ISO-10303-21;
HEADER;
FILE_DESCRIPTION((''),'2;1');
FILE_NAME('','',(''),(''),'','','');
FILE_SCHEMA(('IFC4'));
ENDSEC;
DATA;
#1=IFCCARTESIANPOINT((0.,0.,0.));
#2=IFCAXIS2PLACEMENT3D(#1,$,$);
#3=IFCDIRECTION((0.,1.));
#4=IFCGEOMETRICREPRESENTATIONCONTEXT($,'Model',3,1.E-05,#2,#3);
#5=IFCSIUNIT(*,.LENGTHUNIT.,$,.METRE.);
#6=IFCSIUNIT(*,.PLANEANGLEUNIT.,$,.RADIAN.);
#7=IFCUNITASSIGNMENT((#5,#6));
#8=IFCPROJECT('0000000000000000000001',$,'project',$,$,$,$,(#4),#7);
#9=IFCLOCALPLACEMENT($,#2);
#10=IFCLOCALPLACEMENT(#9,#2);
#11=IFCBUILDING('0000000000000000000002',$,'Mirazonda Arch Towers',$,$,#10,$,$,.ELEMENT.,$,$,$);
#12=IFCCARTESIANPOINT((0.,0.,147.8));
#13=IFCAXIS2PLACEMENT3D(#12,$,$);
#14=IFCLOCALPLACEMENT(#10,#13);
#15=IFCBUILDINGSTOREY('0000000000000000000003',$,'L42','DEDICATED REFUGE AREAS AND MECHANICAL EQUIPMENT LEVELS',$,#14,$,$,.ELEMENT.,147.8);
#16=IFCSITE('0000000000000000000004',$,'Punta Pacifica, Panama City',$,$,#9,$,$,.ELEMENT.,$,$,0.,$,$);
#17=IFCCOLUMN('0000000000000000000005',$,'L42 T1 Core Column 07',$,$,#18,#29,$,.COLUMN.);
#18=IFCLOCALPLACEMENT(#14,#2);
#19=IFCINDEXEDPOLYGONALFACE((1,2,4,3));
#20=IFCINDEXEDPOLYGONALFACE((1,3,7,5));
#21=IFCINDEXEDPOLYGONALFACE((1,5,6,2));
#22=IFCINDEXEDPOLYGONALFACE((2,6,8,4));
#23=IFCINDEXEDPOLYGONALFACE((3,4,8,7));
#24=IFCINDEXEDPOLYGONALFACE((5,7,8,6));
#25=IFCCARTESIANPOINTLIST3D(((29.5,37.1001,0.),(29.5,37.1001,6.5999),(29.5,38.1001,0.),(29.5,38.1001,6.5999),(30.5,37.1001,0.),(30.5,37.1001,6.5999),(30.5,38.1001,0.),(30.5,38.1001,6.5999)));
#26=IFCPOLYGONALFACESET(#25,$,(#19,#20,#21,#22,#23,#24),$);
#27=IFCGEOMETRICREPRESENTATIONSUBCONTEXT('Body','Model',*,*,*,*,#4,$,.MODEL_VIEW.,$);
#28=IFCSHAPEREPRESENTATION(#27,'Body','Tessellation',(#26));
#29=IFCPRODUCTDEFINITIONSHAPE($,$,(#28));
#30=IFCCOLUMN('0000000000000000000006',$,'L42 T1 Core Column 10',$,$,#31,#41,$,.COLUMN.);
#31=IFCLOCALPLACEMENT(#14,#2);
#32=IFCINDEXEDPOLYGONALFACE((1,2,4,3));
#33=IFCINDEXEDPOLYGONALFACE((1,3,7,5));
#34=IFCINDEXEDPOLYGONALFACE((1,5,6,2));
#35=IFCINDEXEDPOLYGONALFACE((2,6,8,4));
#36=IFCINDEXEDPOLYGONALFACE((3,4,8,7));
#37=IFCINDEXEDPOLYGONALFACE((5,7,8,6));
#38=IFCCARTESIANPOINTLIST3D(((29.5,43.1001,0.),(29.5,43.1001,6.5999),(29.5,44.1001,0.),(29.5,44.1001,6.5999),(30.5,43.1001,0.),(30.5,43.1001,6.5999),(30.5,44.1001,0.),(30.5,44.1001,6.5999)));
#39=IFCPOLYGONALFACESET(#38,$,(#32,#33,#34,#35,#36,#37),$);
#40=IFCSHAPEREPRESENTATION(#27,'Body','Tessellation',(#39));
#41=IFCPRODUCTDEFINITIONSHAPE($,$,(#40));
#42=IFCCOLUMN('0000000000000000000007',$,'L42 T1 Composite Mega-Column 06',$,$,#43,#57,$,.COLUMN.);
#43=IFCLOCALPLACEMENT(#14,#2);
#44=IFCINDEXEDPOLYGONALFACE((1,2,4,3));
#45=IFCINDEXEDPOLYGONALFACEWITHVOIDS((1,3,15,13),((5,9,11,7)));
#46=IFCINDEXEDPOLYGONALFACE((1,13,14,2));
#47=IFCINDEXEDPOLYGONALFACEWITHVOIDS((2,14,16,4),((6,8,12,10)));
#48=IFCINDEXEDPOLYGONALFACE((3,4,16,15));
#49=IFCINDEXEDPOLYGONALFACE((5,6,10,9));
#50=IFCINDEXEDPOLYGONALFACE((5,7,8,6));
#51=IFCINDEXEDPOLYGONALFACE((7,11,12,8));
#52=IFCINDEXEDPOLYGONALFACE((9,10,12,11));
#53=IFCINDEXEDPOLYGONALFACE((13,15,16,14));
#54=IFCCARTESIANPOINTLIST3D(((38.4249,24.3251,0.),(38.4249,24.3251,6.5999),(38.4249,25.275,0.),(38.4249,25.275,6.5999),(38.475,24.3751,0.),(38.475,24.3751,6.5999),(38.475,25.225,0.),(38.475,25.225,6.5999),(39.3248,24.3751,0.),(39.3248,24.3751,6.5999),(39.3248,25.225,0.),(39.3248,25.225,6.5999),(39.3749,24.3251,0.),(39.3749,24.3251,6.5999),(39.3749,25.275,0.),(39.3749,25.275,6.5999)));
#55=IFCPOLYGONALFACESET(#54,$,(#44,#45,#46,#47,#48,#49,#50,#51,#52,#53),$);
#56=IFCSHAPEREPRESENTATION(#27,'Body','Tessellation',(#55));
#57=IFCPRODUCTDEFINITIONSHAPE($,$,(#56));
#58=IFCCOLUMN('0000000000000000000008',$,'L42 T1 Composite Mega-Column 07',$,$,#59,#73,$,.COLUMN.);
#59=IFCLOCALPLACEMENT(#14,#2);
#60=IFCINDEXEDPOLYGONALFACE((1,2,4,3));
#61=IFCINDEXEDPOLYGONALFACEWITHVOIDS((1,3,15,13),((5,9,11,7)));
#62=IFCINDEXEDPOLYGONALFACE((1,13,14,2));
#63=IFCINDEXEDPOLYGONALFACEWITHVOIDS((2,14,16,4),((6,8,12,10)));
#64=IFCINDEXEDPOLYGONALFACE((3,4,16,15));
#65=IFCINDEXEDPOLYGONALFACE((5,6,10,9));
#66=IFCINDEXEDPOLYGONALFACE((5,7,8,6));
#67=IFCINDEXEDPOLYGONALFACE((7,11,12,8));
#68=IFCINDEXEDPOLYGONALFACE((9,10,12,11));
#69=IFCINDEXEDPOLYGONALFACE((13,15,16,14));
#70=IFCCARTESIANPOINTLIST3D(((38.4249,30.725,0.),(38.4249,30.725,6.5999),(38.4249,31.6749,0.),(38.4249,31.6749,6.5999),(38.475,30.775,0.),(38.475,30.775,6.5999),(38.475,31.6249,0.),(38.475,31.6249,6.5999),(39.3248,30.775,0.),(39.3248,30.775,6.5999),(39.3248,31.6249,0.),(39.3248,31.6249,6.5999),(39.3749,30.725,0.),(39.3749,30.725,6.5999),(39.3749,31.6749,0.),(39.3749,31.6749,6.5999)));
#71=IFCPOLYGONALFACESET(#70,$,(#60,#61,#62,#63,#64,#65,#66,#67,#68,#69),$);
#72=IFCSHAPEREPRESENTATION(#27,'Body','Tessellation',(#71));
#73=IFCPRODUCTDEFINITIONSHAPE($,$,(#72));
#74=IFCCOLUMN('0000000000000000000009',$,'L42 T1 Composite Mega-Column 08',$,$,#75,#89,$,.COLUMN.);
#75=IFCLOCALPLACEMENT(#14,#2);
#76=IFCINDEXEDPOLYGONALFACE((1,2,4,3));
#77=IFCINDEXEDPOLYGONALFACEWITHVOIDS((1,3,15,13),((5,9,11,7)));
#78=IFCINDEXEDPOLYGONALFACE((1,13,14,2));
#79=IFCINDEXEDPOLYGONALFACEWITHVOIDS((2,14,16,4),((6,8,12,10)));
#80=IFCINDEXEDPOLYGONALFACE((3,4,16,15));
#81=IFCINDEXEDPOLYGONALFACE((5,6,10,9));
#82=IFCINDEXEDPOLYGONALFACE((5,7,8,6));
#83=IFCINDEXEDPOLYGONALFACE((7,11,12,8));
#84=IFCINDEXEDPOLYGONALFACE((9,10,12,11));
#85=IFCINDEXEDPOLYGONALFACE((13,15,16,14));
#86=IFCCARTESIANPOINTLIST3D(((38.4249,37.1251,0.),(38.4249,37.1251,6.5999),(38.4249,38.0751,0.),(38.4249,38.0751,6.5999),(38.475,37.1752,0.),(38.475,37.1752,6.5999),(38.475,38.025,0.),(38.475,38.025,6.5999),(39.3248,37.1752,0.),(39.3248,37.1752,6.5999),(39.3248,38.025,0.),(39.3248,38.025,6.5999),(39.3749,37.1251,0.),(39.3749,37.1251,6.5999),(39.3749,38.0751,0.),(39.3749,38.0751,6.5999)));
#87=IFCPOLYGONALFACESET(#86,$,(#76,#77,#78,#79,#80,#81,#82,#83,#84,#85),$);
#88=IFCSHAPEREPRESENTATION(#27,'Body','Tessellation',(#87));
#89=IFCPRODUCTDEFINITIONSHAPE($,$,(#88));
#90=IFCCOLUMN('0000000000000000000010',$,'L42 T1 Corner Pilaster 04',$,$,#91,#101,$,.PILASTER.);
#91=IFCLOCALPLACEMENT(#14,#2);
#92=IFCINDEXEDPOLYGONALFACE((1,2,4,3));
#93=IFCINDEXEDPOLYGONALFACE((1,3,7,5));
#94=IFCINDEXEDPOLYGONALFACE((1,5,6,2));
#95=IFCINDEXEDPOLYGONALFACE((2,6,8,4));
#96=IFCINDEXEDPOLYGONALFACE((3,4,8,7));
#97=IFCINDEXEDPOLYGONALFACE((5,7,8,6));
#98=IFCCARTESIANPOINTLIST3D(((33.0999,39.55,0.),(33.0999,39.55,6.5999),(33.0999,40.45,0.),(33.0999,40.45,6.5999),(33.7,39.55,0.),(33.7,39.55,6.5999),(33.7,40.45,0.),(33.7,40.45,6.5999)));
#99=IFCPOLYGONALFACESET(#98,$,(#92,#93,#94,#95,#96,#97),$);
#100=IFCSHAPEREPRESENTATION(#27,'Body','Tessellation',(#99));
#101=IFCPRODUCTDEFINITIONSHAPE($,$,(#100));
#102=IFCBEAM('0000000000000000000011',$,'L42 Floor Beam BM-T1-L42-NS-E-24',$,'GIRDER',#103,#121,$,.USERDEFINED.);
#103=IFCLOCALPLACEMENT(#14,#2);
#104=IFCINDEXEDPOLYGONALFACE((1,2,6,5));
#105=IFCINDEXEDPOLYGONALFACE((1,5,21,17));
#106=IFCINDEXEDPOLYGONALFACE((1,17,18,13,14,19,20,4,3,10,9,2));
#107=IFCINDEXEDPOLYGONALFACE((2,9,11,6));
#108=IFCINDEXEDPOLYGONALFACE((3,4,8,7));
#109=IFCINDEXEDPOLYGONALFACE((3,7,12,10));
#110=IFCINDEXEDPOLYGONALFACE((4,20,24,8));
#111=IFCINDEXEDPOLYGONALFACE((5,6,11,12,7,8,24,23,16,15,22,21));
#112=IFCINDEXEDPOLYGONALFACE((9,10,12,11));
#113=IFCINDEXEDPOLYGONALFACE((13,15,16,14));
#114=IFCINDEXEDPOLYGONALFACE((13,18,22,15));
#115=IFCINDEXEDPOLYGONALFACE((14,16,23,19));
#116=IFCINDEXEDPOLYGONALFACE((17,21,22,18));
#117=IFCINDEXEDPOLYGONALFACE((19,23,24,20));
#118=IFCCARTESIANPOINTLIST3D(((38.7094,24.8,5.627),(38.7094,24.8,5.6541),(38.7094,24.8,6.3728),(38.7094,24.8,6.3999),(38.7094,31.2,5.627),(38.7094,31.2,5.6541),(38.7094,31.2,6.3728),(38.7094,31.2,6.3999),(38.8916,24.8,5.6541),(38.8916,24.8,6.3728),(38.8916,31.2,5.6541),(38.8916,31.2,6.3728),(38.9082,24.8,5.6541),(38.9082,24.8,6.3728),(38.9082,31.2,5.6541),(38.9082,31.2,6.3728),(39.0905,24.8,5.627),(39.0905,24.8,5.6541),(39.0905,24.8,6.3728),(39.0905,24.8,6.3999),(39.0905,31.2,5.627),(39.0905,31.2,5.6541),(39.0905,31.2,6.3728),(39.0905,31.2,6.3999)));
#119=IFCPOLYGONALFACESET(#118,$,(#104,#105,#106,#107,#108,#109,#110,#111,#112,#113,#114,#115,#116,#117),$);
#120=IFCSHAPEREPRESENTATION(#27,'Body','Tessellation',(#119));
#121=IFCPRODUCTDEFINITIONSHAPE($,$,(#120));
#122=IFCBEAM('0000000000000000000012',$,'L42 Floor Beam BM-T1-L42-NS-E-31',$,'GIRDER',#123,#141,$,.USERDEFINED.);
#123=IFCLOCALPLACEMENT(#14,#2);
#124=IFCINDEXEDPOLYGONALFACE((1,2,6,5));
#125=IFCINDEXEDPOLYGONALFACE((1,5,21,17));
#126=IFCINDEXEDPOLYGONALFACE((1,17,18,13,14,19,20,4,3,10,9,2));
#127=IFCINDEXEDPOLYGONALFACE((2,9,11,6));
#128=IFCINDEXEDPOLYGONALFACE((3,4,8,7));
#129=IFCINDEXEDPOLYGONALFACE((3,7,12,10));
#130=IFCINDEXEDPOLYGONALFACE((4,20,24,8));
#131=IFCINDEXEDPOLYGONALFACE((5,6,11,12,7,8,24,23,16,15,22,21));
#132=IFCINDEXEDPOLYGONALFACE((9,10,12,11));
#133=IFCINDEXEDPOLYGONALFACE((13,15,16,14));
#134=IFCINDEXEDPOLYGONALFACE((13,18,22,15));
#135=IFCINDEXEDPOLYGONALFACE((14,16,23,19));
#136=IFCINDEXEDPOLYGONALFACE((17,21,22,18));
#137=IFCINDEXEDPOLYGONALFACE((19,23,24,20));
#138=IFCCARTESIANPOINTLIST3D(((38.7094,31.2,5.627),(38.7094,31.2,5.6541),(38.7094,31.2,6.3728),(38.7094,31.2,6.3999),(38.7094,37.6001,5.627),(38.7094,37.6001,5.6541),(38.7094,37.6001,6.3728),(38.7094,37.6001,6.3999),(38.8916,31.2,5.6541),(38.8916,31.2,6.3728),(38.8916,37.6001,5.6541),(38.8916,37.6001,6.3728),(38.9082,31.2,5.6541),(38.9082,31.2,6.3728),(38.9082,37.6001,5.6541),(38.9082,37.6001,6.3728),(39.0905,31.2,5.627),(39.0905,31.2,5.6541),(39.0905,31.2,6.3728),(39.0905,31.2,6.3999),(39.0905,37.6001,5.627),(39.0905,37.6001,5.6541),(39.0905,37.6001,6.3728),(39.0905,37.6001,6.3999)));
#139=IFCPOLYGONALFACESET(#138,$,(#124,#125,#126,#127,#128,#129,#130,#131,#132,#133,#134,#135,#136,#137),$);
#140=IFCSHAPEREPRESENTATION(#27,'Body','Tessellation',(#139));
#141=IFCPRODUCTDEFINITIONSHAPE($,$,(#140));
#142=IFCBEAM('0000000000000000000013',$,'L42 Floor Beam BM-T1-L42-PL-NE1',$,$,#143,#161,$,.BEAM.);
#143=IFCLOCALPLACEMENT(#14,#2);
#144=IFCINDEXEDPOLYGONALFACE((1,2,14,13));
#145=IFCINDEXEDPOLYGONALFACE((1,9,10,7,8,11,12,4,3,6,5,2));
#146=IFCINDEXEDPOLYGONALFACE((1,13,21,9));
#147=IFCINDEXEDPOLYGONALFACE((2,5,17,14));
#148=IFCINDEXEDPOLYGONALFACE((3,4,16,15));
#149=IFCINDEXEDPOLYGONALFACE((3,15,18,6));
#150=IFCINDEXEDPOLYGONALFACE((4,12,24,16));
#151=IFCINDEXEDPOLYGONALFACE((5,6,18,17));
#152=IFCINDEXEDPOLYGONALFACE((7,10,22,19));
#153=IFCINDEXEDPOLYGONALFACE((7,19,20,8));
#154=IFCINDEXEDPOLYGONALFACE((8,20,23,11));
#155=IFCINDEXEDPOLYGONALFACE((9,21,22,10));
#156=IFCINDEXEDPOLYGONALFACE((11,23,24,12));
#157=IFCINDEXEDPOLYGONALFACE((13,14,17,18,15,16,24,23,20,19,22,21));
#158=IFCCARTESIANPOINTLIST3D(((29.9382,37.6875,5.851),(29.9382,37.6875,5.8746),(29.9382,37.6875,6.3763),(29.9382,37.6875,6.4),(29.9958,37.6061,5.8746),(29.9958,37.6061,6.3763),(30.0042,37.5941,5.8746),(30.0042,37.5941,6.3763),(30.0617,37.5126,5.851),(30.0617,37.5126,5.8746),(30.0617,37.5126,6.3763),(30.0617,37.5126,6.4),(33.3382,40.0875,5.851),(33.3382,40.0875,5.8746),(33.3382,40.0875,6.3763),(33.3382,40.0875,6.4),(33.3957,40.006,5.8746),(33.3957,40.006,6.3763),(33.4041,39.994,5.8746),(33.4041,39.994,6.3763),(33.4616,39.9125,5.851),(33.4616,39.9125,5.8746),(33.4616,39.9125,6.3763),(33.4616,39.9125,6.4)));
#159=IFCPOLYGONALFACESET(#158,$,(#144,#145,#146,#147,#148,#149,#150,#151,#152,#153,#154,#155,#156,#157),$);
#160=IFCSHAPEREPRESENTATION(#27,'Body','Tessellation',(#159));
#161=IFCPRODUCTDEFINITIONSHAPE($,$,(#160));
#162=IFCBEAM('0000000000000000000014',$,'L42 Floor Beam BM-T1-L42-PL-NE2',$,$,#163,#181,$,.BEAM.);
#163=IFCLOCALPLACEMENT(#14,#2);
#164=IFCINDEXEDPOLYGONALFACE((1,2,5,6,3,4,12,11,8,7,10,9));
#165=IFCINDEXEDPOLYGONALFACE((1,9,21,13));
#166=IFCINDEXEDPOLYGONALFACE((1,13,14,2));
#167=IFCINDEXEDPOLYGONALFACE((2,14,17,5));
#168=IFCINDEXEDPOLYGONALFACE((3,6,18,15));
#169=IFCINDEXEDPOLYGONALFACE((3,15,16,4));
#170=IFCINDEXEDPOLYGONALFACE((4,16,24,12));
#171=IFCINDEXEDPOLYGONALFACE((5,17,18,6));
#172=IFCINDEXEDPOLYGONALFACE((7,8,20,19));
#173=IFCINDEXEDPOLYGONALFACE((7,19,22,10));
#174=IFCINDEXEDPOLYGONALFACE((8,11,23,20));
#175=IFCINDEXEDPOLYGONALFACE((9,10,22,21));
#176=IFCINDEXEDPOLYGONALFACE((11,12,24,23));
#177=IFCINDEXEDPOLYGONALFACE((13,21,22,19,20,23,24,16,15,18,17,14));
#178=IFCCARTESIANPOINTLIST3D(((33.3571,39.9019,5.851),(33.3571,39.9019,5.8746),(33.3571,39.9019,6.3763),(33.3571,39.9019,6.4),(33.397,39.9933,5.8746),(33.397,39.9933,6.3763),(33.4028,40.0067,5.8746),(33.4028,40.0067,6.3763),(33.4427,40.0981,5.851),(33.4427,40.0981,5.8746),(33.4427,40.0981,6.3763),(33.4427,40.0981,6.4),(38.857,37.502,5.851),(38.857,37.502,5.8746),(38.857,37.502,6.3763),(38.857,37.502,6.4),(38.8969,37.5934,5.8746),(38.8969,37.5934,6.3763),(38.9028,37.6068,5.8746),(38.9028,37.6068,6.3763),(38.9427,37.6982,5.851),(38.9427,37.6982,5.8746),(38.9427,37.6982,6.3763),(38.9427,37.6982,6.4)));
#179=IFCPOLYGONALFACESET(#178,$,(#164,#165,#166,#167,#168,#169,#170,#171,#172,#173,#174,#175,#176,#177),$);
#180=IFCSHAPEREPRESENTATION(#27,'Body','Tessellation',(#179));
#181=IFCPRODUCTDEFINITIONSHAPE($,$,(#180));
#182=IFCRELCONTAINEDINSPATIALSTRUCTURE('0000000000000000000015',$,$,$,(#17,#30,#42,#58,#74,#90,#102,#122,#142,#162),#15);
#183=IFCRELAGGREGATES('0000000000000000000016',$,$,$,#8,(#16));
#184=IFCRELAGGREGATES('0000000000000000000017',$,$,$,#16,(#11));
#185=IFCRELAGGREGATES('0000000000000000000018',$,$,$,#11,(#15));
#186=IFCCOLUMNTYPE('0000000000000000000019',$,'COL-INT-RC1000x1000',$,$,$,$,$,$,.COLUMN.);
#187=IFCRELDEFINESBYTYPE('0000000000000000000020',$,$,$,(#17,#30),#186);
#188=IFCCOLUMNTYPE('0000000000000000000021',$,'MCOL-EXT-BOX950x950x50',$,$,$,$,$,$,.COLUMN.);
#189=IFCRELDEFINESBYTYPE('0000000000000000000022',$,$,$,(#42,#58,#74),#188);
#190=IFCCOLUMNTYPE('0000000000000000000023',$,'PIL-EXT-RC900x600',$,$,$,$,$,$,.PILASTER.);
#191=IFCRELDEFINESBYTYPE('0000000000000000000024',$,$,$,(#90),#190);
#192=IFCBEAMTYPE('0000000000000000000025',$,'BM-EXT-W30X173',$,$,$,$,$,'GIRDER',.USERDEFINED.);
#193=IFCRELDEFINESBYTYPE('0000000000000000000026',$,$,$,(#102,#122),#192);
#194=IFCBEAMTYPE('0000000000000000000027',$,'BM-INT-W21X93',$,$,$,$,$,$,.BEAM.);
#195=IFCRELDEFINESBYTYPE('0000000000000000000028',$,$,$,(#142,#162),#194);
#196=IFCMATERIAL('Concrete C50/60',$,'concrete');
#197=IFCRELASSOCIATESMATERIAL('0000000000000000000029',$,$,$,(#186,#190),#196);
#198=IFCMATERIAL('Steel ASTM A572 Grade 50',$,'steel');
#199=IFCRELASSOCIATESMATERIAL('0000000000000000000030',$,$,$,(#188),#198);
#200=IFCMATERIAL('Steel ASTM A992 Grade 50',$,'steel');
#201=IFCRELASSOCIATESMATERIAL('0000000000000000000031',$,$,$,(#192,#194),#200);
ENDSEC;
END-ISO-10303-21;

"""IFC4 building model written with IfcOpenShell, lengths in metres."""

from ifc_helpers import new_model, si_unit, direction, frame, origin, origin_2d, place, context, subcontext, project, spatial, rectangle, hollow_rectangle, i_section, extrude, material, material_profile, profile_set, type_object, element, save


model = new_model("IFC4")

# Units and contexts
model_context = context("Model", 3, precision=1e-05, world=origin(), true_north=direction((0.0, 1.0)))
body_context = subcontext(model_context, "Body", "Model", "MODEL_VIEW")
ifc_project = project(units=[si_unit("LENGTHUNIT", "METRE"), si_unit("PLANEANGLEUNIT", "RADIAN")], contexts=[model_context])

# Site, building, storey
site_placement = place(None, origin())
site = spatial("IfcSite", under=ifc_project, at=site_placement, Name="Punta Pacifica, Panama City", CompositionType="ELEMENT", RefElevation=0.0)
building_placement = place(site_placement, origin())
building = spatial("IfcBuilding", under=site, at=building_placement, Name="Mirazonda Arch Towers", CompositionType="ELEMENT")
storey_placement = place(building_placement, frame((0.0, 0.0, 147.8)))
storey = spatial("IfcBuildingStorey", under=building, at=storey_placement, Name="L42", Description="DEDICATED REFUGE AREAS AND MECHANICAL EQUIPMENT LEVELS", CompositionType="ELEMENT", Elevation=147.8)

# Columns
ifc_material_1 = material(Name="Concrete C50/60", Category="concrete")
ifc_material_profile_1 = material_profile(ifc_material_1, rectangle(XDim=1.0, YDim=1.0, at=origin_2d()), Name="RC1000x1000")
ifc_profile_set_1 = profile_set([ifc_material_profile_1], Name="Concrete C50/60")
column_type_1 = type_object("IfcColumnType", Name="COL-INT-RC1000x1000", PredefinedType="COLUMN", material=ifc_profile_set_1)
for number, where, z_axis, x_axis, name in (
    (1, (30.0, 37.6001, 0.0), (0.0, 0.0, 1.0), (1.0, 0.0, 0.0), "L42 T1 Core Column 07"),
    (2, (30.0, 43.6001, 0.0), (0.0, 0.0, 1.0), (1.0, 0.0, 0.0), "L42 T1 Core Column 10"),
):
    element("IfcColumn", number, at=place(storey_placement, frame(where, z_axis=z_axis, x_axis=x_axis)), inside=storey, type_object=column_type_1, Name=name, PredefinedType="COLUMN", context=body_context, shape_type="SweptSolid", body=[
        extrude(rectangle(XDim=1.0, YDim=1.0, at=origin_2d()), origin(), (0.0, 0.0, 1.0), 6.5999),
    ])
ifc_material_2 = material(Name="Steel ASTM A572 Grade 50", Category="steel")
ifc_material_profile_2 = material_profile(ifc_material_2, hollow_rectangle(XDim=0.95, YDim=0.95, WallThickness=0.05, at=origin_2d()), Name="BOX950x950x50")
ifc_profile_set_2 = profile_set([ifc_material_profile_2], Name="Steel ASTM A572 Grade 50")
column_type_2 = type_object("IfcColumnType", Name="MCOL-EXT-BOX950x950x50", PredefinedType="COLUMN", material=ifc_profile_set_2)
for number, where, z_axis, x_axis, name in (
    (3, (38.8999, 24.8, 0.0), (0.0, 0.0, 1.0), (1.0, 0.0, 0.0), "L42 T1 Composite Mega-Column 06"),
    (4, (38.8999, 31.2, 0.0), (0.0, 0.0, 1.0), (1.0, 0.0, 0.0), "L42 T1 Composite Mega-Column 07"),
    (5, (38.8999, 37.6001, 0.0), (0.0, 0.0, 1.0), (1.0, 0.0, 0.0), "L42 T1 Composite Mega-Column 08"),
):
    element("IfcColumn", number, at=place(storey_placement, frame(where, z_axis=z_axis, x_axis=x_axis)), inside=storey, type_object=column_type_2, Name=name, PredefinedType="COLUMN", context=body_context, shape_type="SweptSolid", body=[
        extrude(hollow_rectangle(XDim=0.95, YDim=0.95, WallThickness=0.05, at=origin_2d()), origin(), (0.0, 0.0, 1.0), 6.5999),
    ])
ifc_material_profile_3 = material_profile(ifc_material_1, rectangle(XDim=0.6001, YDim=0.8999, at=origin_2d()), Name="RC900x600")
ifc_profile_set_3 = profile_set([ifc_material_profile_3], Name="Concrete C50/60")
column_type_3 = type_object("IfcColumnType", Name="PIL-EXT-RC900x600", PredefinedType="PILASTER", material=ifc_profile_set_3)
column_placement = place(storey_placement, frame((33.3999, 40.0, 0.0), z_axis=(0.0, 0.0, 1.0), x_axis=(1.0, 0.0, 0.0)))
element("IfcColumn", 6, at=column_placement, inside=storey, type_object=column_type_3, Name="L42 T1 Corner Pilaster 04", PredefinedType="PILASTER", context=body_context, shape_type="SweptSolid", body=[
    extrude(rectangle(XDim=0.6001, YDim=0.8999, at=origin_2d()), origin(), (0.0, 0.0, 1.0), 6.5999),
])

# Beams
ifc_material_3 = material(Name="Steel ASTM A992 Grade 50", Category="steel")
ifc_material_profile_4 = material_profile(ifc_material_3, i_section(OverallWidth=0.3811, OverallDepth=0.7729, WebThickness=0.0166, FlangeThickness=0.0271, at=origin_2d()), Name="W30X173")
ifc_profile_set_4 = profile_set([ifc_material_profile_4], Name="Steel ASTM A992 Grade 50")
beam_type_1 = type_object("IfcBeamType", Name="BM-EXT-W30X173", ElementType="GIRDER", PredefinedType="USERDEFINED", material=ifc_profile_set_4)
beam_1_placement = place(storey_placement, frame((38.8999, 24.8, 6.0134), z_axis=(0.0, 1.0, 0.0), x_axis=(-1.0, 0.0, 0.0)))
element("IfcBeam", 7, at=beam_1_placement, inside=storey, type_object=beam_type_1, Name="L42 Floor Beam BM-T1-L42-NS-E-24", ObjectType="GIRDER", PredefinedType="USERDEFINED", context=body_context, shape_type="SweptSolid", body=[
    extrude(i_section(OverallWidth=0.3811, OverallDepth=0.7729, WebThickness=0.0166, FlangeThickness=0.0271, at=origin_2d()), origin(), (0.0, 0.0, 1.0), 6.3999),
])
beam_2_placement = place(storey_placement, frame((38.8999, 31.2, 6.0134), z_axis=(0.0, 1.0, 0.0), x_axis=(-1.0, 0.0, 0.0)))
element("IfcBeam", 8, at=beam_2_placement, inside=storey, type_object=beam_type_1, Name="L42 Floor Beam BM-T1-L42-NS-E-31", ObjectType="GIRDER", PredefinedType="USERDEFINED", context=body_context, shape_type="SweptSolid", body=[
    extrude(i_section(OverallWidth=0.3811, OverallDepth=0.7729, WebThickness=0.0166, FlangeThickness=0.0271, at=origin_2d()), origin(), (0.0, 0.0, 1.0), 6.4001),
])
ifc_material_profile_5 = material_profile(ifc_material_3, i_section(OverallWidth=0.2141, OverallDepth=0.5491, WebThickness=0.0146, FlangeThickness=0.0237, at=origin_2d()), Name="W21X93")
ifc_profile_set_5 = profile_set([ifc_material_profile_5], Name="Steel ASTM A992 Grade 50")
beam_type_2 = type_object("IfcBeamType", Name="BM-INT-W21X93", PredefinedType="BEAM", material=ifc_profile_set_5)
beam_3_placement = place(storey_placement, frame((33.3999, 40.0, 6.1255), z_axis=(-0.816971, -0.576679, 0.0), x_axis=(0.576679, -0.816971, 0.0)))
element("IfcBeam", 9, at=beam_3_placement, inside=storey, type_object=beam_type_2, Name="L42 Floor Beam BM-T1-L42-PL-NE1", PredefinedType="BEAM", context=body_context, shape_type="SweptSolid", body=[
    extrude(i_section(OverallWidth=0.2141, OverallDepth=0.5491, WebThickness=0.0146, FlangeThickness=0.0237, at=origin_2d()), origin(), (0.0, 0.0, 1.0), 4.1616),
])
beam_4_placement = place(storey_placement, frame((33.3999, 40.0, 6.1255), z_axis=(0.916545, -0.399931, 0.0), x_axis=(0.399931, 0.916545, 0.0)))
element("IfcBeam", 10, at=beam_4_placement, inside=storey, type_object=beam_type_2, Name="L42 Floor Beam BM-T1-L42-PL-NE2", PredefinedType="BEAM", context=body_context, shape_type="SweptSolid", body=[
    extrude(i_section(OverallWidth=0.2141, OverallDepth=0.5491, WebThickness=0.0146, FlangeThickness=0.0237, at=origin_2d()), origin(), (0.0, 0.0, 1.0), 6.0007),
])

save(model, "model.ifc")
